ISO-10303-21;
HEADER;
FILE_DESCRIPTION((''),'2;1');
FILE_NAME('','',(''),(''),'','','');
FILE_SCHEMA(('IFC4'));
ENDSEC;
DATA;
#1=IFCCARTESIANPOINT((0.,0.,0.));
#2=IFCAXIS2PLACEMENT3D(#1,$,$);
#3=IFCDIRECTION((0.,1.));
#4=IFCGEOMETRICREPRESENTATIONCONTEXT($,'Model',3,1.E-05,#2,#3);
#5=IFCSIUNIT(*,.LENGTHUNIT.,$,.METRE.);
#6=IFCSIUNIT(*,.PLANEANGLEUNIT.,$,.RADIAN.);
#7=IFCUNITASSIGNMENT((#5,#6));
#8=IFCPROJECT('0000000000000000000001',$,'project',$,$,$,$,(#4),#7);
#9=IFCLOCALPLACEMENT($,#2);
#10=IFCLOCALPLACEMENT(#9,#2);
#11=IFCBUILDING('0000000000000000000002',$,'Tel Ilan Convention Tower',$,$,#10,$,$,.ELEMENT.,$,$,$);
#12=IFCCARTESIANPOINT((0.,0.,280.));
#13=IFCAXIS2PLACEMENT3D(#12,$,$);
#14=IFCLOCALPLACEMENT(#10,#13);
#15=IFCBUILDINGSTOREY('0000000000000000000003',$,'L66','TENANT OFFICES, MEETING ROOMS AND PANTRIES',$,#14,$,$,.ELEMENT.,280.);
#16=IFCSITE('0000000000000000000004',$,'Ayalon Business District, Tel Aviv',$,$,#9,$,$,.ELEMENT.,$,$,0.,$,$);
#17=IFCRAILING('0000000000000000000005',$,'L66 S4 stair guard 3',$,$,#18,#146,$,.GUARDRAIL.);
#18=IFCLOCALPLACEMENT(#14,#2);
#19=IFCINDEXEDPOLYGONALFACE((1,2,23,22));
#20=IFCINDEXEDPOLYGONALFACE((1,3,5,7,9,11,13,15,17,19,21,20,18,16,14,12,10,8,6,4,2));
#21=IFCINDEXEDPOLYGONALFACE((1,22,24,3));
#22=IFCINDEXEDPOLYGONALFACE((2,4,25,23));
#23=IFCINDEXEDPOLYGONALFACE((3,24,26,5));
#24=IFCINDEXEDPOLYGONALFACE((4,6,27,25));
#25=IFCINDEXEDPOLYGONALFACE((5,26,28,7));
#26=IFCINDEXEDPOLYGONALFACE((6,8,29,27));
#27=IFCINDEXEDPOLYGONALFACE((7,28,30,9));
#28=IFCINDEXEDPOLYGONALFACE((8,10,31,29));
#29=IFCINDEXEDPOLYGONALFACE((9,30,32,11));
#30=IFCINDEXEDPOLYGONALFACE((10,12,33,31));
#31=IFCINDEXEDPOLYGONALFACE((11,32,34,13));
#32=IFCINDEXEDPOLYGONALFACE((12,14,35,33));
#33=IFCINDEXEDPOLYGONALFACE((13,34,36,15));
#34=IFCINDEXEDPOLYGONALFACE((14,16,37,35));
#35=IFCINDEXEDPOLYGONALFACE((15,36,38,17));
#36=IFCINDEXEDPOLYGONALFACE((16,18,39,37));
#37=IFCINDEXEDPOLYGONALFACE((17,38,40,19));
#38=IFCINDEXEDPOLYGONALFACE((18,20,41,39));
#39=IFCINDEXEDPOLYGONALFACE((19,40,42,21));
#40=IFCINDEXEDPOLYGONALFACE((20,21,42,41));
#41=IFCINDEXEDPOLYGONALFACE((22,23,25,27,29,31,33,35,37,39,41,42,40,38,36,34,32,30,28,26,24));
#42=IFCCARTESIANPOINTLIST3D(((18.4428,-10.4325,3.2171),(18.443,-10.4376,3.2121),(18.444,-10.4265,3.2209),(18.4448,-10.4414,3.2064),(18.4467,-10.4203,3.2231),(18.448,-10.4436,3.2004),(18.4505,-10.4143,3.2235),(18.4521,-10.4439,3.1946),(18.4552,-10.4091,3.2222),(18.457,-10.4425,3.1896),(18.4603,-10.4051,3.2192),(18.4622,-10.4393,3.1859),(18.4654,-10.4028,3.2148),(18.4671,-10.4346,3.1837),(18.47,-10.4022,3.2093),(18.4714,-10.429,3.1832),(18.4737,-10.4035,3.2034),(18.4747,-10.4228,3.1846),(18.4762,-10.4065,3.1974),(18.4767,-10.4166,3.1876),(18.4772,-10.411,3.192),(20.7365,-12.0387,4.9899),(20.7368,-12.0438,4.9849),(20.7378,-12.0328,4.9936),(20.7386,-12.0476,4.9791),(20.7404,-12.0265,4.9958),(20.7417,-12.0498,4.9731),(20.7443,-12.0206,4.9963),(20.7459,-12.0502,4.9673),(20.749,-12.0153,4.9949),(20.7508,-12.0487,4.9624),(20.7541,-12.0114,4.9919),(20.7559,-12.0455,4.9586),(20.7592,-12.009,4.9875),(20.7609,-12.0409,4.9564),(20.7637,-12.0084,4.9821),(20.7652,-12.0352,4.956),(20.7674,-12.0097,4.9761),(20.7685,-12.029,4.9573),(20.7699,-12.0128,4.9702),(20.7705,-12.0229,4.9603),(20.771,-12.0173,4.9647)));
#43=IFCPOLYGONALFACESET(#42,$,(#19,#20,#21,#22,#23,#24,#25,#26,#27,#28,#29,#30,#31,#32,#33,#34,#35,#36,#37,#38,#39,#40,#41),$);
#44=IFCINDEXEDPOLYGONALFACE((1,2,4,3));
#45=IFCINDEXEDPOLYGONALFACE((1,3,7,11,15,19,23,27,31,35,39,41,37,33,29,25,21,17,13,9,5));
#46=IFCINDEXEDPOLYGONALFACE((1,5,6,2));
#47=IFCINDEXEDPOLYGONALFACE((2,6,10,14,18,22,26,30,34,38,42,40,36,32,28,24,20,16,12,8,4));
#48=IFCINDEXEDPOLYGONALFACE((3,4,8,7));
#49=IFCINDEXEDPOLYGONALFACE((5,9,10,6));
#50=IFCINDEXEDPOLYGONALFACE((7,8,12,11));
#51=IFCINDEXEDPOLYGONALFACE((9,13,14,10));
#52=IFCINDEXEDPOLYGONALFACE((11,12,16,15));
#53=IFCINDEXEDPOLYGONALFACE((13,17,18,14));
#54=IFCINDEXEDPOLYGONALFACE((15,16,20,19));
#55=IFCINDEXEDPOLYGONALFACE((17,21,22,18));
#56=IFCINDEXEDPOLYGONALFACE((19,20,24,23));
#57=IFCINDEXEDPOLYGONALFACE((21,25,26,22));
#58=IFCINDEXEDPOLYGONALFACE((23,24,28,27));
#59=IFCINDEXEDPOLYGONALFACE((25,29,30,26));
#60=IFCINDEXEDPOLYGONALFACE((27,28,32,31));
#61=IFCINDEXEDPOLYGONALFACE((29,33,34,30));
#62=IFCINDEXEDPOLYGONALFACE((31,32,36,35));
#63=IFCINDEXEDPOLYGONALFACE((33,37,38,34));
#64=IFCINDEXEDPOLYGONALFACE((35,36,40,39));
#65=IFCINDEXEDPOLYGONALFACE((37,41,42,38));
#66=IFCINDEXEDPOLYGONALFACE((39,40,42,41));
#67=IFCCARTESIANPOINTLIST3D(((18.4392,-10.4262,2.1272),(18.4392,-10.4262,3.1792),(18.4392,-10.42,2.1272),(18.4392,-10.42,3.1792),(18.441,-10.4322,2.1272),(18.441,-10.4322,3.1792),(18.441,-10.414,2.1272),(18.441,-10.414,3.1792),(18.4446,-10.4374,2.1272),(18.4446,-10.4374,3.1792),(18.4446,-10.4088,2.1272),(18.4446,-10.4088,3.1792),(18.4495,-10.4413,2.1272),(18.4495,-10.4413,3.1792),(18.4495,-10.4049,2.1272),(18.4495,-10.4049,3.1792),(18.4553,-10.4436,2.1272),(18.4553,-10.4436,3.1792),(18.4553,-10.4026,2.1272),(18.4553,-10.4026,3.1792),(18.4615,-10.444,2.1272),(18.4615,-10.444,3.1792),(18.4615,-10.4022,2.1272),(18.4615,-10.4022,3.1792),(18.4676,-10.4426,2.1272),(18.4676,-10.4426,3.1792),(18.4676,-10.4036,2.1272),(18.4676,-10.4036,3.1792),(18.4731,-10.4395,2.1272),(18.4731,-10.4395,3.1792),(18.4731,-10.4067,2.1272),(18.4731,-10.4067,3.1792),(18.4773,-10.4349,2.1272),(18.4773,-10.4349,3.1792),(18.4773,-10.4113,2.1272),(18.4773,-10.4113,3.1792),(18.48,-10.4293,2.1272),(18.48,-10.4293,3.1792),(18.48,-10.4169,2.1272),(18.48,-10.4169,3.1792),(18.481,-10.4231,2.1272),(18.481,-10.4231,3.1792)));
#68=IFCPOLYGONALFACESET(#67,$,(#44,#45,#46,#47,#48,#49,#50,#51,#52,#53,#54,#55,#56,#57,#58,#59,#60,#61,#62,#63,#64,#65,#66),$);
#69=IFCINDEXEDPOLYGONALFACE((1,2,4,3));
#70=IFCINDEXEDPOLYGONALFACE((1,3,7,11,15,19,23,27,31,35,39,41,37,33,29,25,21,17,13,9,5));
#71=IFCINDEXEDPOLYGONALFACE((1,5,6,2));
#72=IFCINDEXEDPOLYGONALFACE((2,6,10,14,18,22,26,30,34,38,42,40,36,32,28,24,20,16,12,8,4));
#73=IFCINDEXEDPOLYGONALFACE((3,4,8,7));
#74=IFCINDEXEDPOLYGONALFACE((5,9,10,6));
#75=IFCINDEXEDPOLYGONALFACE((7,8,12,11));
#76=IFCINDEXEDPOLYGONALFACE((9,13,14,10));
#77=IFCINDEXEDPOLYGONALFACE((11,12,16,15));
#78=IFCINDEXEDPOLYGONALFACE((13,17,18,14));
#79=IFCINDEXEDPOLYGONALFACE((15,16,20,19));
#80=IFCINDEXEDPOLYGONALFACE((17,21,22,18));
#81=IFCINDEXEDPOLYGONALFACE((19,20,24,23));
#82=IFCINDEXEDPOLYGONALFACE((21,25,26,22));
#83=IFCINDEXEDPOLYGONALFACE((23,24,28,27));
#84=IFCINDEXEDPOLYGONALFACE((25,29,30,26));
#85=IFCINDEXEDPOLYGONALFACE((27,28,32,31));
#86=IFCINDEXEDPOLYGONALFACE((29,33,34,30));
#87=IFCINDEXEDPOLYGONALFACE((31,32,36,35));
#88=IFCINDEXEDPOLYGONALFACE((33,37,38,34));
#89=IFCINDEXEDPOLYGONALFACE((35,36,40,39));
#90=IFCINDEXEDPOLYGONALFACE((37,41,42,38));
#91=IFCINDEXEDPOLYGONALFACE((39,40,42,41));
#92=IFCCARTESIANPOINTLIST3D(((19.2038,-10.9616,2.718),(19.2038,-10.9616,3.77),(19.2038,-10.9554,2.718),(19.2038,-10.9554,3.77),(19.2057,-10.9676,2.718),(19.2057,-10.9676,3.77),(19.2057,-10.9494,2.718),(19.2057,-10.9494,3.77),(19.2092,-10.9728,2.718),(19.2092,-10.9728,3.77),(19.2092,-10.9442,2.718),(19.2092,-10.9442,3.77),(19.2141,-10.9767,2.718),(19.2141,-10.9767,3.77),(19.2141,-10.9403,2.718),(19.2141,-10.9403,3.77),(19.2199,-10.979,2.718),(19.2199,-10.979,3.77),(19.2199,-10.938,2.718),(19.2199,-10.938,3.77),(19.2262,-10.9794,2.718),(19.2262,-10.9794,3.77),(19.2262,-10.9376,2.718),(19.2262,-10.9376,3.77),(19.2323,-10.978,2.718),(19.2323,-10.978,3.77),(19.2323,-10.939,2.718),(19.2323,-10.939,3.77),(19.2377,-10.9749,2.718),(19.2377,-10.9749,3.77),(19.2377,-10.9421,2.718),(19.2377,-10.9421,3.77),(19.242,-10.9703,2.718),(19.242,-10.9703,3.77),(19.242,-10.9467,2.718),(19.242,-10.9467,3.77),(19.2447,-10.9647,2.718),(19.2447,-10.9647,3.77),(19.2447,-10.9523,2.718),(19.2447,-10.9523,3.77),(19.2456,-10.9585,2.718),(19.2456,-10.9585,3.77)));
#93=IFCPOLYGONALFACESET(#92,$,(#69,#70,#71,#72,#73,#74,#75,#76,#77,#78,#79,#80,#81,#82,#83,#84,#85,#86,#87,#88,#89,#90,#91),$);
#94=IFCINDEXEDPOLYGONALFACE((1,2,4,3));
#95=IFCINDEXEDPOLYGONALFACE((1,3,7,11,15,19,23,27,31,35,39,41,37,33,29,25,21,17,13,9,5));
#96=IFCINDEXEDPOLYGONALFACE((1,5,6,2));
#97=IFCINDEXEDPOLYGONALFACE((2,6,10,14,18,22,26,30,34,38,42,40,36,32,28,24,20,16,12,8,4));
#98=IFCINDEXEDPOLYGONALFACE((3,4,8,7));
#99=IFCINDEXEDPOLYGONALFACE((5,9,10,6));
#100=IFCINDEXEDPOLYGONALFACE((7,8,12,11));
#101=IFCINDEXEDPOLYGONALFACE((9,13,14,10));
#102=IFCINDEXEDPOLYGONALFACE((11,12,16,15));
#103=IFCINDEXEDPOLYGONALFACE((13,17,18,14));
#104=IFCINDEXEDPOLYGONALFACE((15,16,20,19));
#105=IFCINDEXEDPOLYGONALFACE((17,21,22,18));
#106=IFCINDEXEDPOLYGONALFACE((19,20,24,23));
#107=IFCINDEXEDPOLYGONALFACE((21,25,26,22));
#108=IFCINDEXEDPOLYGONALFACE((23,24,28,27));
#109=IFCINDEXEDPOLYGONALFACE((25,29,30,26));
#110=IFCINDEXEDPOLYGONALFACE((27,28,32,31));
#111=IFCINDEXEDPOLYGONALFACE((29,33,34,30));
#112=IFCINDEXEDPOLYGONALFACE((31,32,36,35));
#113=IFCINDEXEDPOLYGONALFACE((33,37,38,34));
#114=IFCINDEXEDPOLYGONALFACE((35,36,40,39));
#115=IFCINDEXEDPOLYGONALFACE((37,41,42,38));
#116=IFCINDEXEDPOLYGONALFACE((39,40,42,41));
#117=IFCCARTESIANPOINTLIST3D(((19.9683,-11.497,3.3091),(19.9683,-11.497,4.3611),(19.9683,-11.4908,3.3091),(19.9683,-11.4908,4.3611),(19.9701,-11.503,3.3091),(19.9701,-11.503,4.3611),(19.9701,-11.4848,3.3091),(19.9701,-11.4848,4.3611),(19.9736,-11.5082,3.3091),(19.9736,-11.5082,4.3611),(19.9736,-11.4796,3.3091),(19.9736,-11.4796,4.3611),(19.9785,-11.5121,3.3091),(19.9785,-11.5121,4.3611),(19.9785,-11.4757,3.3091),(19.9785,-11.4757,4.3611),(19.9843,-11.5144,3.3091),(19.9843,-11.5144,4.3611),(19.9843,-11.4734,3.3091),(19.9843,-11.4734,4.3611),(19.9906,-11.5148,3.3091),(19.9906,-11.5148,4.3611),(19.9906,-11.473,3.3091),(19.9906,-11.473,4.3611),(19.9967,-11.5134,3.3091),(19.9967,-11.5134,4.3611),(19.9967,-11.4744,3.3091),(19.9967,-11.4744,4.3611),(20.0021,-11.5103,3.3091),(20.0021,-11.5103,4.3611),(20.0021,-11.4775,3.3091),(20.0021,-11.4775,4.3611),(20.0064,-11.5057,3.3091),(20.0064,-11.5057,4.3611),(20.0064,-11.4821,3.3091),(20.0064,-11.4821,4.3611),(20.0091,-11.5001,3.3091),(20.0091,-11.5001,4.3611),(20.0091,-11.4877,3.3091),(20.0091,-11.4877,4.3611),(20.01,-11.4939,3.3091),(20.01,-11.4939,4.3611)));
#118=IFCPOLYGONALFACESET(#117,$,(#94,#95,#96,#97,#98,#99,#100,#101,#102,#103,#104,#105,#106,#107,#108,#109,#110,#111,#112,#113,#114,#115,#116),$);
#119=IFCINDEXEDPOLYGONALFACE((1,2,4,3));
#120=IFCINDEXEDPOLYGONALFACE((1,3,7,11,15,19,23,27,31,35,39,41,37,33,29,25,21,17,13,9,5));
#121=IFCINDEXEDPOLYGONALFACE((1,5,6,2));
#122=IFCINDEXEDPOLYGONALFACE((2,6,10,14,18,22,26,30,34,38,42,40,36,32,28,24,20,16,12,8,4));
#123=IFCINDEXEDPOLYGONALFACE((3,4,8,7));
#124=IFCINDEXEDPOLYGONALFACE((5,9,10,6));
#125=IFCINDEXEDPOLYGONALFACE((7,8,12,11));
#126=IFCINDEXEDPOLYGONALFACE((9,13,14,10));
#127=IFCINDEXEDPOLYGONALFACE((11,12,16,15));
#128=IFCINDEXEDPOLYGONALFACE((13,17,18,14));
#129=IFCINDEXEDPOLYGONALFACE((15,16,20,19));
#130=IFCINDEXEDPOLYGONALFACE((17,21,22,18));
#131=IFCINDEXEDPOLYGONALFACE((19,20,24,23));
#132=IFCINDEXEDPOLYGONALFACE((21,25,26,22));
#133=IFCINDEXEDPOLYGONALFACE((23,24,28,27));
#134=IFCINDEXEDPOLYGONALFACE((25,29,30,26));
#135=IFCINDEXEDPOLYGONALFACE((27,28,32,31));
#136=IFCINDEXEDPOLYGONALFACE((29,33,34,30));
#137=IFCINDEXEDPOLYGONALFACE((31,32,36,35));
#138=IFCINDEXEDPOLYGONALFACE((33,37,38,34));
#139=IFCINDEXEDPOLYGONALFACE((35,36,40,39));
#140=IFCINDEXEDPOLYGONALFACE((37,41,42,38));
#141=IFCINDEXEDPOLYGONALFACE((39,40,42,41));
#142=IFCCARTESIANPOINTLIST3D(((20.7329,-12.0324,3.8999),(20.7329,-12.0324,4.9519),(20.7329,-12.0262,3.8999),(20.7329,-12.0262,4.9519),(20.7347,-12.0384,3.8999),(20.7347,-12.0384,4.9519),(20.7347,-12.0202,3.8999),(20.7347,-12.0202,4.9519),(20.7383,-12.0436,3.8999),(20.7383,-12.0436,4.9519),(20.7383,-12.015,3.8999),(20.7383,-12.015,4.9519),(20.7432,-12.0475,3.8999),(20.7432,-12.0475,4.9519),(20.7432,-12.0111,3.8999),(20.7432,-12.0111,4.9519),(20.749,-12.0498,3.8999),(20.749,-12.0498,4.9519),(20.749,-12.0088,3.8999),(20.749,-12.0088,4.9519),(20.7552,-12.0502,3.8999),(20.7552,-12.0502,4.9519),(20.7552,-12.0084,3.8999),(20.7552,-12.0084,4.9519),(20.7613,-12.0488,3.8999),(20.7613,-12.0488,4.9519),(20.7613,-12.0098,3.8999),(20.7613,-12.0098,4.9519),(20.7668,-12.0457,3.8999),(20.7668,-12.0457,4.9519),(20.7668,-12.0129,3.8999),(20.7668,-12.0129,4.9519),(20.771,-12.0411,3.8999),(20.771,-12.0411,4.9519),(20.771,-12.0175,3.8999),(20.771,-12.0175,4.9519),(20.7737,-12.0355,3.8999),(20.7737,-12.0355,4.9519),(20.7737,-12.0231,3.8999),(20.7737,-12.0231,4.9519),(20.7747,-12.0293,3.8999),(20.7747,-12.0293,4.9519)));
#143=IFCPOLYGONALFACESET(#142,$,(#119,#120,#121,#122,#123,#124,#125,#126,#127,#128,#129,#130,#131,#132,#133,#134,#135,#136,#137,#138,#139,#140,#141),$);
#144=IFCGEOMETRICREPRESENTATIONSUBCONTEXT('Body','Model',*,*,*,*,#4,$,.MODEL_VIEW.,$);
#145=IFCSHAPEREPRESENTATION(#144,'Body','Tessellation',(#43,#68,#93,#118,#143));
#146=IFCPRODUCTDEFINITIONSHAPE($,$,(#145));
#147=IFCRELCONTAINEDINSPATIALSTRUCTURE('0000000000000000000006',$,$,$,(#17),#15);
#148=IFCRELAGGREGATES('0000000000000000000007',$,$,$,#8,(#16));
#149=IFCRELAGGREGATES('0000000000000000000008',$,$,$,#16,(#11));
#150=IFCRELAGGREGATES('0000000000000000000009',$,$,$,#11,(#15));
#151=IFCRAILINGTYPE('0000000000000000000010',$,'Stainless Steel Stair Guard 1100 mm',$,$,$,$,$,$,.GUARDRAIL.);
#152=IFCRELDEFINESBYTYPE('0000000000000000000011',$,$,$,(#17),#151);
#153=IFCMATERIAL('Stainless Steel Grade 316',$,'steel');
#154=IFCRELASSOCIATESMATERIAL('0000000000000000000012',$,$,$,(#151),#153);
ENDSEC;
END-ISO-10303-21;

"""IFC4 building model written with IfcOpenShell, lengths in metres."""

from ifc_helpers import new_model, si_unit, direction, frame, origin, origin_2d, place, context, subcontext, project, spatial, circle, extrude, material, type_object, element, save


model = new_model("IFC4")

# Units and contexts
model_context = context("Model", 3, precision=1e-05, world=origin(), true_north=direction((0.0, 1.0)))
body_context = subcontext(model_context, "Body", "Model", "MODEL_VIEW")
ifc_project = project(units=[si_unit("LENGTHUNIT", "METRE"), si_unit("PLANEANGLEUNIT", "RADIAN")], contexts=[model_context])

# Site, building, storey
site_placement = place(None, origin())
site = spatial("IfcSite", under=ifc_project, at=site_placement, Name="Ayalon Business District, Tel Aviv", CompositionType="ELEMENT", RefElevation=0.0)
building_placement = place(site_placement, origin())
building = spatial("IfcBuilding", under=site, at=building_placement, Name="Tel Ilan Convention Tower", CompositionType="ELEMENT")
storey_placement = place(building_placement, frame((0.0, 0.0, 280.0)))
storey = spatial("IfcBuildingStorey", under=building, at=storey_placement, Name="L66", Description="TENANT OFFICES, MEETING ROOMS AND PANTRIES", CompositionType="ELEMENT", Elevation=280.0)

# Railing
ifc_material_1 = material(Name="Stainless Steel Grade 316", Category="steel")
railing_type_1 = type_object("IfcRailingType", Name="Stainless Steel Stair Guard 1100 mm", PredefinedType="GUARDRAIL", material=ifc_material_1)
railing_1_placement = place(storey_placement, frame((18.46, -10.4231, 2.1272)))
element("IfcRailing", 1, at=railing_1_placement, inside=storey, type_object=railing_type_1, Name="L66 S4 stair guard 3", PredefinedType="GUARDRAIL", context=body_context, shape_type="SweptSolid", body=[
    extrude(circle(Radius=0.0239, at=origin_2d()), frame((0.0, 0.0, 1.0762), z_axis=(0.692098, -0.484653, 0.534894), x_axis=(0.573609, 0.81913, 0.0)), (0.0, 0.0, 1.0), 3.3142),
    extrude(circle(Radius=0.021, at=origin_2d()), origin(), (0.0, 0.0, 1.0), 1.052),
    extrude(circle(Radius=0.021, at=origin_2d()), frame((0.7646, -0.5354, 0.5908)), (0.0, 0.0, 1.0), 1.052),
    extrude(circle(Radius=0.021, at=origin_2d()), frame((1.5291, -1.0708, 1.1819)), (0.0, 0.0, 1.0), 1.052),
    extrude(circle(Radius=0.021, at=origin_2d()), frame((2.2937, -1.6062, 1.7727)), (0.0, 0.0, 1.0), 1.052),
])

save(model, "model.ifc")
